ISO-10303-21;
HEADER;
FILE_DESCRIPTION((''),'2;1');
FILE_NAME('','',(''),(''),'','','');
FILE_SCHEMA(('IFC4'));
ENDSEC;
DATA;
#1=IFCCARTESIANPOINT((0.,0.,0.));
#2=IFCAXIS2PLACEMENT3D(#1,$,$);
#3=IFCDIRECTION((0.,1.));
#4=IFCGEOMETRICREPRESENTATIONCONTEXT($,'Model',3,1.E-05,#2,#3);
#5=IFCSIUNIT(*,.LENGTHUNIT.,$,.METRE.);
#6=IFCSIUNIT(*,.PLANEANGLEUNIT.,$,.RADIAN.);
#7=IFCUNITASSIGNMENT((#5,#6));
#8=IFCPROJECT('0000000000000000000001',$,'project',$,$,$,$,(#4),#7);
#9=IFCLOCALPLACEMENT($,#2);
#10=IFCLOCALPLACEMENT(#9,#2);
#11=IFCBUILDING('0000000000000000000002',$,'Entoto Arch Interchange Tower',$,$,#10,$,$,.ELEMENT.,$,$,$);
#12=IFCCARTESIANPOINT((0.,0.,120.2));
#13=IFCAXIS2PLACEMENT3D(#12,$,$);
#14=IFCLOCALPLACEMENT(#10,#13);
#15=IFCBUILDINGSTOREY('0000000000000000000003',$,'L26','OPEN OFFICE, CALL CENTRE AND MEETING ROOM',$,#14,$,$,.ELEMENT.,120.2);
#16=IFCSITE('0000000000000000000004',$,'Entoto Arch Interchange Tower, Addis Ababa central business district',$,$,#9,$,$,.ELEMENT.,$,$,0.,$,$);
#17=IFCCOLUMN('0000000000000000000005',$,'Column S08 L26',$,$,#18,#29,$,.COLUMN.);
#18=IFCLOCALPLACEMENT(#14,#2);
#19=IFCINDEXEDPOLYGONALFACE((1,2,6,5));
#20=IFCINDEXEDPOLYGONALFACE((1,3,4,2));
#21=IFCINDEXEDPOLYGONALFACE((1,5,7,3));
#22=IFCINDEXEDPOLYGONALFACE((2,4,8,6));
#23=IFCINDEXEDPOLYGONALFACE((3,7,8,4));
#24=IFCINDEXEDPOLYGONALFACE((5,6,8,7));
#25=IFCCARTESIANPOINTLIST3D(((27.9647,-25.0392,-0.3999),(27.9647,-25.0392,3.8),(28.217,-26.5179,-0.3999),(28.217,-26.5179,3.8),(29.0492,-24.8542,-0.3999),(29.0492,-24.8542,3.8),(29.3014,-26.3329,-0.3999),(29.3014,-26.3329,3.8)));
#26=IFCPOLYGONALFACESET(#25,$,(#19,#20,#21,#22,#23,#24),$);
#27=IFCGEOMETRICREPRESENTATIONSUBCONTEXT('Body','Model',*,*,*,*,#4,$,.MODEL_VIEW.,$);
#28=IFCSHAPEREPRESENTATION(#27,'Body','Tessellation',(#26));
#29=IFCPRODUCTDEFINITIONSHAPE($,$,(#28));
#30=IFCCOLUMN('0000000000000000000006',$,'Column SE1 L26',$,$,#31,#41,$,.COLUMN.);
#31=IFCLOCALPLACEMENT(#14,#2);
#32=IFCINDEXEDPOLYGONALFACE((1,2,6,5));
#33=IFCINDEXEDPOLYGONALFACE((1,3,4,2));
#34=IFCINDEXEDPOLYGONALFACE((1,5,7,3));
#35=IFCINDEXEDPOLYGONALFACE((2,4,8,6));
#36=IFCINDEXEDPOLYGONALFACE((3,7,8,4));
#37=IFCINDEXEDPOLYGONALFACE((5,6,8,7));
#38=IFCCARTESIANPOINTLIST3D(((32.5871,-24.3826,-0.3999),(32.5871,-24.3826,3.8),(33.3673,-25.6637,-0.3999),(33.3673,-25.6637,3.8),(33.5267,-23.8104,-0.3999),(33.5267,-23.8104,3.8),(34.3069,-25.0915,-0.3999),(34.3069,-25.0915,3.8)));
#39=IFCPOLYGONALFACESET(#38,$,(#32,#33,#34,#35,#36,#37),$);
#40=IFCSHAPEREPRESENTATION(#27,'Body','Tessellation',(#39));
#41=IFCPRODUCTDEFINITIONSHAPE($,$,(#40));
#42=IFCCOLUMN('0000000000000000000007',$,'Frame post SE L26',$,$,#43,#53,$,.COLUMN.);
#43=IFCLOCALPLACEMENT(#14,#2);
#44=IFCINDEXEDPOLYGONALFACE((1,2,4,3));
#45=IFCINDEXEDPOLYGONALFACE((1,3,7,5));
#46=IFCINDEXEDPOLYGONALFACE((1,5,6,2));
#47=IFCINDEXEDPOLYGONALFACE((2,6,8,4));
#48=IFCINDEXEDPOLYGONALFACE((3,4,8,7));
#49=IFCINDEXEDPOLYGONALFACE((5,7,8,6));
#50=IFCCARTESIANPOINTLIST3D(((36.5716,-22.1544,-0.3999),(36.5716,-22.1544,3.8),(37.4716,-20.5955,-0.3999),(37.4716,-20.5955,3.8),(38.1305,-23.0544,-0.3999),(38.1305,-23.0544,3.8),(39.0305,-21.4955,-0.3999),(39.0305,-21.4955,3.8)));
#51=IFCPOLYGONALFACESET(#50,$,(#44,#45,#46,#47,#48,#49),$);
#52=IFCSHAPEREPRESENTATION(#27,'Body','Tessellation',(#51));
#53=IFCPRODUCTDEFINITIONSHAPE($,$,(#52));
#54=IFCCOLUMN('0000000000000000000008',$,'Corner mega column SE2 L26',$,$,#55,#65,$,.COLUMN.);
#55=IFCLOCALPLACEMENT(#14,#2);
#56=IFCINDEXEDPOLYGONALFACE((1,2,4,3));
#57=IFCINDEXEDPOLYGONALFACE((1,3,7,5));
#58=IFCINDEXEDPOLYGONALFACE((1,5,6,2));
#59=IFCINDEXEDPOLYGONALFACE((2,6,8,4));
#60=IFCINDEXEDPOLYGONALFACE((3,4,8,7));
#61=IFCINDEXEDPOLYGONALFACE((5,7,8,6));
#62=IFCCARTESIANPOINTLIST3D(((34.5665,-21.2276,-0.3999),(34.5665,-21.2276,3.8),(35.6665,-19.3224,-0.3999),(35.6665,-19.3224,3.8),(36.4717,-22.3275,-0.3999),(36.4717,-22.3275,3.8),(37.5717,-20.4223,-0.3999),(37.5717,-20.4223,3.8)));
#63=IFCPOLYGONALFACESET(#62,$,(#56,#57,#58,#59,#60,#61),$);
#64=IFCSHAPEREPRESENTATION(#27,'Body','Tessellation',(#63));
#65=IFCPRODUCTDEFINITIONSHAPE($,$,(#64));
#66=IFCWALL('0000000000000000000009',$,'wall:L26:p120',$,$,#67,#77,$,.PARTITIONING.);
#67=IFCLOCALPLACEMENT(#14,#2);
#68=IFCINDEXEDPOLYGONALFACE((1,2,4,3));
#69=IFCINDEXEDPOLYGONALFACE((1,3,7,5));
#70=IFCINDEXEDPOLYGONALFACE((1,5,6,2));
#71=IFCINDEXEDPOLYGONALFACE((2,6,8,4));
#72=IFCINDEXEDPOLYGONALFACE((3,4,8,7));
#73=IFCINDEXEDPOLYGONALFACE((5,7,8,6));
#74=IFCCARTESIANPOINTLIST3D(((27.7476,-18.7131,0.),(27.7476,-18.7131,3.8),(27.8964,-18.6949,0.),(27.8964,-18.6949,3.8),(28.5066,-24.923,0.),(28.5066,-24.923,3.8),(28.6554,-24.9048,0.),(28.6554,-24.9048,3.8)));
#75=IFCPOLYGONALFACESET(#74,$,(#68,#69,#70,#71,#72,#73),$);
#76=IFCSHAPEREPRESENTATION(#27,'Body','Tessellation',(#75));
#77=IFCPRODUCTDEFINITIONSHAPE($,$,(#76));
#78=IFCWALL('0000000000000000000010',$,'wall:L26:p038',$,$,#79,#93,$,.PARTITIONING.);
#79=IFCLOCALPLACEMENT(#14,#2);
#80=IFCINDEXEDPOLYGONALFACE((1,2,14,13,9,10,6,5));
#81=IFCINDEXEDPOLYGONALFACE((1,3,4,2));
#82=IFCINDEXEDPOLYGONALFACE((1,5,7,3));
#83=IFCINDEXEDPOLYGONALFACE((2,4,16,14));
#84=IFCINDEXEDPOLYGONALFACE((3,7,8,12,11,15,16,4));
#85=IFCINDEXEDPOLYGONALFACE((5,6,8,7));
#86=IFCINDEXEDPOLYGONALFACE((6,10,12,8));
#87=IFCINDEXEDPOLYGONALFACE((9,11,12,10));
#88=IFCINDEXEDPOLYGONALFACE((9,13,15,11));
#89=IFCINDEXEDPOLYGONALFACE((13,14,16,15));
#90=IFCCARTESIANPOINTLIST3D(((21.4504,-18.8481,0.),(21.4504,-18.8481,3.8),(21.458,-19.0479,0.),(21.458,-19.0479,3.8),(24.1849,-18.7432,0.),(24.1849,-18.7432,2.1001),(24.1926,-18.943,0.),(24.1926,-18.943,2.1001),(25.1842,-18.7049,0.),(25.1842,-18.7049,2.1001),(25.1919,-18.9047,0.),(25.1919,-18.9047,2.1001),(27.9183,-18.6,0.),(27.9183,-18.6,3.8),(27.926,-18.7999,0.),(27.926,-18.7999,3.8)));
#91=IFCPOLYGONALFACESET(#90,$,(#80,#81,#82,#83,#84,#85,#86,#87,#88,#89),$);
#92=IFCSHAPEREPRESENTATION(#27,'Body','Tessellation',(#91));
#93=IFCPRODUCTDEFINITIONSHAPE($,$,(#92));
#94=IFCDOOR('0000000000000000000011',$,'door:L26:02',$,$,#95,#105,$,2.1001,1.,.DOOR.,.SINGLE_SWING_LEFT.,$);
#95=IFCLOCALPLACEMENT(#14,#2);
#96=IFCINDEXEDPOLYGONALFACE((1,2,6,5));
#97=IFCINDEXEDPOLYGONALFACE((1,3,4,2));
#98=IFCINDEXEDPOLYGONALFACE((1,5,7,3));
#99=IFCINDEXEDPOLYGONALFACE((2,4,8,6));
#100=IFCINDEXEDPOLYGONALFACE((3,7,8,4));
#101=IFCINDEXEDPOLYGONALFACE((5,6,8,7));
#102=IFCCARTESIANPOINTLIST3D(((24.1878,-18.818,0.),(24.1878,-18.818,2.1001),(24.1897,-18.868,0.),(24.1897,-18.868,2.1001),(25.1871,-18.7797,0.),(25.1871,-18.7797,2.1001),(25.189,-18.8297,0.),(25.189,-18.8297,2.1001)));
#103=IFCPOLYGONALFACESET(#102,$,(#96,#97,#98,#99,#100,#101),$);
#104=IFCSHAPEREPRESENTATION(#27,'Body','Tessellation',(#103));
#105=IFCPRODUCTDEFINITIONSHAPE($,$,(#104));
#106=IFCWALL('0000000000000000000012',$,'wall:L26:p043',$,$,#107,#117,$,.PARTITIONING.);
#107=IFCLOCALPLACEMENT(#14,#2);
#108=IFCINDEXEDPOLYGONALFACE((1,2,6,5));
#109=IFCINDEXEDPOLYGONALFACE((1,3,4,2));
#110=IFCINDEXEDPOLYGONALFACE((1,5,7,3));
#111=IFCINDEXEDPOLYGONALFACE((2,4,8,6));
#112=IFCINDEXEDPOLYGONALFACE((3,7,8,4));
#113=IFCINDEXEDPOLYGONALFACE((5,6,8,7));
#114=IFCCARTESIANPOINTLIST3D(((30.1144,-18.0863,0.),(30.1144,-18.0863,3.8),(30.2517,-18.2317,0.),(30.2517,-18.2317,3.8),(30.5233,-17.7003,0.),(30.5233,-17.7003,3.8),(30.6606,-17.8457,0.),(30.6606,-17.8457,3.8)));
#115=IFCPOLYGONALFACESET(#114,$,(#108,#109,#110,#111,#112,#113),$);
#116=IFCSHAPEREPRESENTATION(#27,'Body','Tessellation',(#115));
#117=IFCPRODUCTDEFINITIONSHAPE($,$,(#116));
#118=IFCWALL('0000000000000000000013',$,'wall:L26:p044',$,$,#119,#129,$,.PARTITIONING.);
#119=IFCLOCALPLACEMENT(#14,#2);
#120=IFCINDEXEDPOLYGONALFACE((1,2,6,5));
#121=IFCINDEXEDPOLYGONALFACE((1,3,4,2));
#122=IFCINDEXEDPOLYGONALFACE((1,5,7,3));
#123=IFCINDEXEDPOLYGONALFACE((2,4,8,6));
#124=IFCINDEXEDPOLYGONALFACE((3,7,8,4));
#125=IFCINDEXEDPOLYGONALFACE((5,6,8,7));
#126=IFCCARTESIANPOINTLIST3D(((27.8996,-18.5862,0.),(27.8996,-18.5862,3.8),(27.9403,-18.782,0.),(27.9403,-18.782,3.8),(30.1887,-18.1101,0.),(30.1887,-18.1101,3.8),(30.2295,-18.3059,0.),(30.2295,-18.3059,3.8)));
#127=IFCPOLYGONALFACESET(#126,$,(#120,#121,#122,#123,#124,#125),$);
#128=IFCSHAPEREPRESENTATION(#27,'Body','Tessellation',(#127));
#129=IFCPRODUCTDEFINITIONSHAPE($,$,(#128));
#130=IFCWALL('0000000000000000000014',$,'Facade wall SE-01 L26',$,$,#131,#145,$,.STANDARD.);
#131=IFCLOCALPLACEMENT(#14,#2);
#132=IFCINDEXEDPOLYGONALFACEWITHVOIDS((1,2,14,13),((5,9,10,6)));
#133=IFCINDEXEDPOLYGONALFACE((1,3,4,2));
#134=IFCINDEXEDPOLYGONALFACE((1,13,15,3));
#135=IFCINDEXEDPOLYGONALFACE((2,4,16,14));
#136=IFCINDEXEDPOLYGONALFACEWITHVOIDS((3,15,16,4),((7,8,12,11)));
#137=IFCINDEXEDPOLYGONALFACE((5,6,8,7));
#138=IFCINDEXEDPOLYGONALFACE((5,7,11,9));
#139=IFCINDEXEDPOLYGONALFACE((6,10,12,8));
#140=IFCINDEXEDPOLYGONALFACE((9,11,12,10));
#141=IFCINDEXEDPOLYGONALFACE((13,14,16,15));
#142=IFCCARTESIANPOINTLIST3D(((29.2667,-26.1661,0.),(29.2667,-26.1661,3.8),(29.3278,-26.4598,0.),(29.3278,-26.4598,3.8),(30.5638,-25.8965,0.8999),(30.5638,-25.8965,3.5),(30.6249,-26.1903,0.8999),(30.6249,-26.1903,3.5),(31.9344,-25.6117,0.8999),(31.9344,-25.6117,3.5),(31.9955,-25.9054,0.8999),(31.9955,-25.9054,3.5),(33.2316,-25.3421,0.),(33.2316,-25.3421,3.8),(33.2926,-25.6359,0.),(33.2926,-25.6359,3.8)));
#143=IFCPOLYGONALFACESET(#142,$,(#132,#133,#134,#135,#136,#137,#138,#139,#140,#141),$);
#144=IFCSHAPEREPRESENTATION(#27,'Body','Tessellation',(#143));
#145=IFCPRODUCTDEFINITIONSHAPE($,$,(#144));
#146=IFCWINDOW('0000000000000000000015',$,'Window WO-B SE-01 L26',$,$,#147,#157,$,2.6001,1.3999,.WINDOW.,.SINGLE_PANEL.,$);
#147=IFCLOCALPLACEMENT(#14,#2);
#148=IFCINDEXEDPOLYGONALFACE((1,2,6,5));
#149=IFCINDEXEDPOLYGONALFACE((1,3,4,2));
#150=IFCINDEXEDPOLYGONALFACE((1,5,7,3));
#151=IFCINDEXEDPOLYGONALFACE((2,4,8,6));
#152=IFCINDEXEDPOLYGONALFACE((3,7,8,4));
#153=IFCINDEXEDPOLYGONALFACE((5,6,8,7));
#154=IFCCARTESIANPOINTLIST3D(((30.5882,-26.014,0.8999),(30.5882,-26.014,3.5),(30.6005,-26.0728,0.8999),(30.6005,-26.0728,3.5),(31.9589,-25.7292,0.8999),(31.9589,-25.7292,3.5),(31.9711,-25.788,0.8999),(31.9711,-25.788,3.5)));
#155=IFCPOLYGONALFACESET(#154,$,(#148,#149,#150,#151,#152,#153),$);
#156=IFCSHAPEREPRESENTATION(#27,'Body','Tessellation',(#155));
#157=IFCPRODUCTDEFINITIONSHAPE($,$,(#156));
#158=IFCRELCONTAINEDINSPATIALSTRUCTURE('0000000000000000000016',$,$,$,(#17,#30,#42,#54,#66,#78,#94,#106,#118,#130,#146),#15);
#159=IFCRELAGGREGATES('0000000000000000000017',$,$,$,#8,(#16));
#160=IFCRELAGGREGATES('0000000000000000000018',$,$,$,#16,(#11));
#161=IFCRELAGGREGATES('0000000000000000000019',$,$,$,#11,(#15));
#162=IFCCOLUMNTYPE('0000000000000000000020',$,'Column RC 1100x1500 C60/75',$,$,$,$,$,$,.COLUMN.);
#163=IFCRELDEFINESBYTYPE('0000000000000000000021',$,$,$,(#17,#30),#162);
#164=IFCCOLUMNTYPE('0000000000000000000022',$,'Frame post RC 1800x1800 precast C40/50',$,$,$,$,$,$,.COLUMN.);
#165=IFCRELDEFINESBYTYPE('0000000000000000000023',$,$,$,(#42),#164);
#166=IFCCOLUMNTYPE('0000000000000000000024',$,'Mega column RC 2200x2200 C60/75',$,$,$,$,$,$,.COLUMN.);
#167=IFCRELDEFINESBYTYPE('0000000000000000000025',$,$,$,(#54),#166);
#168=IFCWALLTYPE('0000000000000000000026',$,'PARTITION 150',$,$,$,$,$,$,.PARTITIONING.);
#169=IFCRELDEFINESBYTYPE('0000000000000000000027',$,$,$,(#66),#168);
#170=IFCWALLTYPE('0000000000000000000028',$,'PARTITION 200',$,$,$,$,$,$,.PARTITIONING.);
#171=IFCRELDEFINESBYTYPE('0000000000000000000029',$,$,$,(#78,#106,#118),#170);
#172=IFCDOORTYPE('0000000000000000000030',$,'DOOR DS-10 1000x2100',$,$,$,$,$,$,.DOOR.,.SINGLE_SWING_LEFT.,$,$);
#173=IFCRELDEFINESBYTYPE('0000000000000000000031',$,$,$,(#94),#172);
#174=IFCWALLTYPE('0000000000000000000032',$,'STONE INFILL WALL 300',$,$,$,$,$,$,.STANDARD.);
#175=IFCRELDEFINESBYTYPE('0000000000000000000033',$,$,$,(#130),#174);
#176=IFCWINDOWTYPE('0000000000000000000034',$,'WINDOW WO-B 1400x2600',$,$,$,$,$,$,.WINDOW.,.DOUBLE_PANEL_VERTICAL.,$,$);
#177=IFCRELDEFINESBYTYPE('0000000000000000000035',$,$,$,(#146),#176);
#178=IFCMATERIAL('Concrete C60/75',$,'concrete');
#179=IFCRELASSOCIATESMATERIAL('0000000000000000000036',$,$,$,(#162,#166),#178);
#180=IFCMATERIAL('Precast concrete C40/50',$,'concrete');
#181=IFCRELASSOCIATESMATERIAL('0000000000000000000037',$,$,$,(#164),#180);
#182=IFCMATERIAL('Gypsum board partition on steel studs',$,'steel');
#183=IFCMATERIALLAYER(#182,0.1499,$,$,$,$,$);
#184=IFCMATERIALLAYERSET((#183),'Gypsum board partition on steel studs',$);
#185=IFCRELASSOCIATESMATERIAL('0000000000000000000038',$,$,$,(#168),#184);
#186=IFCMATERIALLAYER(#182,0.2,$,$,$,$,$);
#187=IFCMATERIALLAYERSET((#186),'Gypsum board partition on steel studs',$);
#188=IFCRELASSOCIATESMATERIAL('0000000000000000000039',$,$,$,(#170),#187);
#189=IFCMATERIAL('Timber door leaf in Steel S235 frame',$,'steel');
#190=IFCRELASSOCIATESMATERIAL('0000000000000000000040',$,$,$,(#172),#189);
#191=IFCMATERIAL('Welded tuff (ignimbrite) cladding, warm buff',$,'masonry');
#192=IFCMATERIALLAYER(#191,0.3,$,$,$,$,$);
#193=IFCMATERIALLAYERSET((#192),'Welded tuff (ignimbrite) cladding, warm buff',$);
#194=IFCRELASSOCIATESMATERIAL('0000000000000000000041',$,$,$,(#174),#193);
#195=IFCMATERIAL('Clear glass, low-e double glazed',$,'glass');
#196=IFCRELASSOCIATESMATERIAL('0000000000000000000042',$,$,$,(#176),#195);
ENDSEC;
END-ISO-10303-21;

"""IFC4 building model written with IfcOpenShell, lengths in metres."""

from ifc_helpers import new_model, si_unit, direction, frame, frame_2d, origin, origin_2d, place, context, subcontext, project, spatial, rectangle, extrude, material, layer, layer_set, material_profile, profile_set, type_object, element, fill, save


model = new_model("IFC4")

# Units and contexts
model_context = context("Model", 3, precision=1e-05, world=origin(), true_north=direction((0.0, 1.0)))
body_context = subcontext(model_context, "Body", "Model", "MODEL_VIEW")
ifc_project = project(units=[si_unit("LENGTHUNIT", "METRE"), si_unit("PLANEANGLEUNIT", "RADIAN")], contexts=[model_context])

# Site, building, storey
site_placement = place(None, origin())
site = spatial("IfcSite", under=ifc_project, at=site_placement, Name="Entoto Arch Interchange Tower, Addis Ababa central business district", CompositionType="ELEMENT", RefElevation=0.0)
building_placement = place(site_placement, origin())
building = spatial("IfcBuilding", under=site, at=building_placement, Name="Entoto Arch Interchange Tower", CompositionType="ELEMENT")
storey_placement = place(building_placement, frame((0.0, 0.0, 120.2)))
storey = spatial("IfcBuildingStorey", under=building, at=storey_placement, Name="L26", Description="OPEN OFFICE, CALL CENTRE AND MEETING ROOM", CompositionType="ELEMENT", Elevation=120.2)

# Columns
ifc_material_1 = material(Name="Concrete C60/75", Category="concrete")
ifc_material_profile_1 = material_profile(ifc_material_1, rectangle(XDim=1.1001, YDim=1.5, at=origin_2d()))
ifc_profile_set_1 = profile_set([ifc_material_profile_1], Name="Concrete C60/75")
column_type_1 = type_object("IfcColumnType", Name="Column RC 1100x1500 C60/75", PredefinedType="COLUMN", material=ifc_profile_set_1)
for number, where, z_axis, x_axis, name in (
    (1, (28.6331, -25.686, -0.3999), (0.0, 0.0, 1.0), (0.985759, 0.168162, 0.0), "Column S08 L26"),
    (2, (33.447, -24.7371, -0.3999), (0.0, 0.0, 1.0), (0.854096, 0.520116, 0.0), "Column SE1 L26"),
):
    element("IfcColumn", number, at=place(storey_placement, frame(where, z_axis=z_axis, x_axis=x_axis)), inside=storey, type_object=column_type_1, Name=name, PredefinedType="COLUMN", context=body_context, shape_type="SweptSolid", body=[
        extrude(rectangle(XDim=1.1001, YDim=1.5, at=origin_2d()), origin(), (0.0, 0.0, 1.0), 4.2),
    ])
ifc_material_2 = material(Name="Precast concrete C40/50", Category="concrete")
ifc_material_profile_2 = material_profile(ifc_material_2, rectangle(XDim=1.8, YDim=1.8, at=origin_2d()))
ifc_profile_set_2 = profile_set([ifc_material_profile_2], Name="Precast concrete C40/50")
column_type_2 = type_object("IfcColumnType", Name="Frame post RC 1800x1800 precast C40/50", PredefinedType="COLUMN", material=ifc_profile_set_2)
column_1_placement = place(storey_placement, frame((37.801, -21.825, -0.3999), z_axis=(0.0, 0.0, 1.0), x_axis=(-0.866025, 0.5, 0.0)))
element("IfcColumn", 3, at=column_1_placement, inside=storey, type_object=column_type_2, Name="Frame post SE L26", PredefinedType="COLUMN", context=body_context, shape_type="SweptSolid", body=[
    extrude(rectangle(XDim=1.8, YDim=1.8, at=origin_2d()), origin(), (0.0, 0.0, 1.0), 4.2),
])
ifc_material_profile_3 = material_profile(ifc_material_1, rectangle(XDim=2.2, YDim=2.2, at=origin_2d()))
ifc_profile_set_3 = profile_set([ifc_material_profile_3], Name="Concrete C60/75")
column_type_3 = type_object("IfcColumnType", Name="Mega column RC 2200x2200 C60/75", PredefinedType="COLUMN", material=ifc_profile_set_3)
column_2_placement = place(storey_placement, frame((36.0691, -20.825, -0.3999), z_axis=(0.0, 0.0, 1.0), x_axis=(-0.866025, 0.5, 0.0)))
element("IfcColumn", 4, at=column_2_placement, inside=storey, type_object=column_type_3, Name="Corner mega column SE2 L26", PredefinedType="COLUMN", context=body_context, shape_type="SweptSolid", body=[
    extrude(rectangle(XDim=2.2, YDim=2.2, at=origin_2d()), origin(), (0.0, 0.0, 1.0), 4.2),
])

# Wall
ifc_material_3 = material(Name="Gypsum board partition on steel studs", Category="steel")
ifc_layer_1 = layer(ifc_material_3, 0.1499)
ifc_layer_set_1 = layer_set([ifc_layer_1], Name="Gypsum board partition on steel studs")
wall_type_1 = type_object("IfcWallType", Name="PARTITION 150", PredefinedType="PARTITIONING", material=ifc_layer_set_1)
wall_1_placement = place(storey_placement, frame((27.822, -18.7041, 0.0), z_axis=(0.0, 0.0, 1.0), x_axis=(0.121325, -0.992613, 0.0)))
element("IfcWall", 5, at=wall_1_placement, inside=storey, type_object=wall_type_1, Name="wall:L26:p120", PredefinedType="PARTITIONING", context=body_context, shape_type="SweptSolid", body=[
    extrude(rectangle(XDim=6.2561, YDim=0.1499, at=frame_2d((3.1279, 0.0))), origin(), (0.0, 0.0, 1.0), 3.8),
])

# Wall, opening, door
ifc_layer_2 = layer(ifc_material_3, 0.2)
ifc_layer_set_2 = layer_set([ifc_layer_2], Name="Gypsum board partition on steel studs")
wall_type_2 = type_object("IfcWallType", Name="PARTITION 200", PredefinedType="PARTITIONING", material=ifc_layer_set_2)
wall_2_placement = place(storey_placement, frame((27.9221, -18.7, 0.0), z_axis=(0.0, 0.0, 1.0), x_axis=(-0.999265, -0.038322, 0.0)))
wall_2 = element("IfcWall", 6, at=wall_2_placement, inside=storey, type_object=wall_type_2, Name="wall:L26:p038", PredefinedType="PARTITIONING", context=body_context, shape_type="SweptSolid", body=[
    extrude(rectangle(XDim=6.4727, YDim=0.2, at=frame_2d((3.2363, 0.0))), origin(), (0.0, 0.0, 1.0), 3.8),
])
opening_1_placement = place(wall_2_placement, frame((2.7361, 0.0, 0.0)))
opening_1 = element("IfcOpeningElement", 7, at=opening_1_placement, cuts=wall_2, PredefinedType="OPENING", context=body_context, shape_type="SweptSolid", body=[
    extrude(rectangle(XDim=1.0, YDim=2.1001, at=frame_2d((0.5, 1.05))), frame((0.0, 0.1099, 0.0), z_axis=(0.0, -1.0, 0.0), x_axis=(1.0, 0.0, 0.0)), (0.0, 0.0, 1.0), 0.22),
])
ifc_material_4 = material(Name="Timber door leaf in Steel S235 frame", Category="steel")
door_type = type_object("IfcDoorType", Name="DOOR DS-10 1000x2100", OperationType="SINGLE_SWING_LEFT", PredefinedType="DOOR", material=ifc_material_4)
door_placement = place(opening_1_placement, origin())
door = element("IfcDoor", 8, at=door_placement, inside=storey, type_object=door_type, Name="door:L26:02", OperationType="SINGLE_SWING_LEFT", OverallHeight=2.1001, OverallWidth=1.0, PredefinedType="DOOR", context=body_context, shape_type="SweptSolid", body=[
    extrude(rectangle(XDim=1.0, YDim=2.1001, at=frame_2d((0.5, 1.05))), frame((0.0, 0.0249, 0.0), z_axis=(0.0, -1.0, 0.0), x_axis=(1.0, 0.0, 0.0)), (0.0, 0.0, 1.0), 0.05),
])
fill(opening_1, door)

# Walls
wall_3_placement = place(storey_placement, frame((30.592, -17.7729, 0.0), z_axis=(0.0, 0.0, 1.0), x_axis=(-0.727218, -0.686407, 0.0)))
element("IfcWall", 9, at=wall_3_placement, inside=storey, type_object=wall_type_2, Name="wall:L26:p043", PredefinedType="PARTITIONING", context=body_context, shape_type="SweptSolid", body=[
    extrude(rectangle(XDim=0.5623, YDim=0.2, at=frame_2d((0.2812, 0.0))), origin(), (0.0, 0.0, 1.0), 3.8),
])
wall_4_placement = place(storey_placement, frame((30.209, -18.208, 0.0), z_axis=(0.0, 0.0, 1.0), x_axis=(-0.97905, -0.203621, 0.0)))
element("IfcWall", 10, at=wall_4_placement, inside=storey, type_object=wall_type_2, Name="wall:L26:p044", PredefinedType="PARTITIONING", context=body_context, shape_type="SweptSolid", body=[
    extrude(rectangle(XDim=2.3381, YDim=0.2, at=frame_2d((1.1689, 0.0))), origin(), (0.0, 0.0, 1.0), 3.8),
])

# Wall, opening, window
ifc_material_5 = material(Name="Welded tuff (ignimbrite) cladding, warm buff", Category="masonry")
ifc_layer_3 = layer(ifc_material_5, 0.3)
ifc_layer_set_3 = layer_set([ifc_layer_3], Name="Welded tuff (ignimbrite) cladding, warm buff")
wall_type_3 = type_object("IfcWallType", Name="STONE INFILL WALL 300", PredefinedType="STANDARD", material=ifc_layer_set_3)
wall_5_placement = place(storey_placement, frame((29.2971, -26.313, 0.0), z_axis=(0.0, 0.0, 1.0), x_axis=(0.979081, 0.203473, 0.0)))
wall_5 = element("IfcWall", 11, at=wall_5_placement, inside=storey, type_object=wall_type_3, Name="Facade wall SE-01 L26", PredefinedType="STANDARD", context=body_context, shape_type="SweptSolid", body=[
    extrude(rectangle(XDim=4.0496, YDim=0.3, at=frame_2d((2.0249, 0.0))), origin(), (0.0, 0.0, 1.0), 3.8),
])
opening_2_placement = place(wall_5_placement, frame((1.325, 0.0, 0.8999)))
opening_2 = element("IfcOpeningElement", 12, at=opening_2_placement, cuts=wall_5, PredefinedType="OPENING", context=body_context, shape_type="SweptSolid", body=[
    extrude(rectangle(XDim=1.3999, YDim=2.6001, at=frame_2d((0.7, 1.3))), frame((0.0, 0.1602, 0.0), z_axis=(0.0, -1.0, 0.0), x_axis=(1.0, 0.0, 0.0)), (0.0, 0.0, 1.0), 0.3201),
])
ifc_material_6 = material(Name="Clear glass, low-e double glazed", Category="glass")
window_type = type_object("IfcWindowType", Name="WINDOW WO-B 1400x2600", PartitioningType="DOUBLE_PANEL_VERTICAL", PredefinedType="WINDOW", material=ifc_material_6)
window_1_placement = place(opening_2_placement, origin())
window_1 = element("IfcWindow", 13, at=window_1_placement, inside=storey, type_object=window_type, Name="Window WO-B SE-01 L26", OverallHeight=2.6001, OverallWidth=1.3999, PartitioningType="SINGLE_PANEL", PredefinedType="WINDOW", context=body_context, shape_type="SweptSolid", body=[
    extrude(rectangle(XDim=1.3999, YDim=2.6001, at=frame_2d((0.7, 1.3))), frame((0.0, 0.03, 0.0), z_axis=(0.0, -1.0, 0.0), x_axis=(1.0, 0.0, 0.0)), (0.0, 0.0, 1.0), 0.0601),
])
fill(opening_2, window_1)

save(model, "model.ifc")
